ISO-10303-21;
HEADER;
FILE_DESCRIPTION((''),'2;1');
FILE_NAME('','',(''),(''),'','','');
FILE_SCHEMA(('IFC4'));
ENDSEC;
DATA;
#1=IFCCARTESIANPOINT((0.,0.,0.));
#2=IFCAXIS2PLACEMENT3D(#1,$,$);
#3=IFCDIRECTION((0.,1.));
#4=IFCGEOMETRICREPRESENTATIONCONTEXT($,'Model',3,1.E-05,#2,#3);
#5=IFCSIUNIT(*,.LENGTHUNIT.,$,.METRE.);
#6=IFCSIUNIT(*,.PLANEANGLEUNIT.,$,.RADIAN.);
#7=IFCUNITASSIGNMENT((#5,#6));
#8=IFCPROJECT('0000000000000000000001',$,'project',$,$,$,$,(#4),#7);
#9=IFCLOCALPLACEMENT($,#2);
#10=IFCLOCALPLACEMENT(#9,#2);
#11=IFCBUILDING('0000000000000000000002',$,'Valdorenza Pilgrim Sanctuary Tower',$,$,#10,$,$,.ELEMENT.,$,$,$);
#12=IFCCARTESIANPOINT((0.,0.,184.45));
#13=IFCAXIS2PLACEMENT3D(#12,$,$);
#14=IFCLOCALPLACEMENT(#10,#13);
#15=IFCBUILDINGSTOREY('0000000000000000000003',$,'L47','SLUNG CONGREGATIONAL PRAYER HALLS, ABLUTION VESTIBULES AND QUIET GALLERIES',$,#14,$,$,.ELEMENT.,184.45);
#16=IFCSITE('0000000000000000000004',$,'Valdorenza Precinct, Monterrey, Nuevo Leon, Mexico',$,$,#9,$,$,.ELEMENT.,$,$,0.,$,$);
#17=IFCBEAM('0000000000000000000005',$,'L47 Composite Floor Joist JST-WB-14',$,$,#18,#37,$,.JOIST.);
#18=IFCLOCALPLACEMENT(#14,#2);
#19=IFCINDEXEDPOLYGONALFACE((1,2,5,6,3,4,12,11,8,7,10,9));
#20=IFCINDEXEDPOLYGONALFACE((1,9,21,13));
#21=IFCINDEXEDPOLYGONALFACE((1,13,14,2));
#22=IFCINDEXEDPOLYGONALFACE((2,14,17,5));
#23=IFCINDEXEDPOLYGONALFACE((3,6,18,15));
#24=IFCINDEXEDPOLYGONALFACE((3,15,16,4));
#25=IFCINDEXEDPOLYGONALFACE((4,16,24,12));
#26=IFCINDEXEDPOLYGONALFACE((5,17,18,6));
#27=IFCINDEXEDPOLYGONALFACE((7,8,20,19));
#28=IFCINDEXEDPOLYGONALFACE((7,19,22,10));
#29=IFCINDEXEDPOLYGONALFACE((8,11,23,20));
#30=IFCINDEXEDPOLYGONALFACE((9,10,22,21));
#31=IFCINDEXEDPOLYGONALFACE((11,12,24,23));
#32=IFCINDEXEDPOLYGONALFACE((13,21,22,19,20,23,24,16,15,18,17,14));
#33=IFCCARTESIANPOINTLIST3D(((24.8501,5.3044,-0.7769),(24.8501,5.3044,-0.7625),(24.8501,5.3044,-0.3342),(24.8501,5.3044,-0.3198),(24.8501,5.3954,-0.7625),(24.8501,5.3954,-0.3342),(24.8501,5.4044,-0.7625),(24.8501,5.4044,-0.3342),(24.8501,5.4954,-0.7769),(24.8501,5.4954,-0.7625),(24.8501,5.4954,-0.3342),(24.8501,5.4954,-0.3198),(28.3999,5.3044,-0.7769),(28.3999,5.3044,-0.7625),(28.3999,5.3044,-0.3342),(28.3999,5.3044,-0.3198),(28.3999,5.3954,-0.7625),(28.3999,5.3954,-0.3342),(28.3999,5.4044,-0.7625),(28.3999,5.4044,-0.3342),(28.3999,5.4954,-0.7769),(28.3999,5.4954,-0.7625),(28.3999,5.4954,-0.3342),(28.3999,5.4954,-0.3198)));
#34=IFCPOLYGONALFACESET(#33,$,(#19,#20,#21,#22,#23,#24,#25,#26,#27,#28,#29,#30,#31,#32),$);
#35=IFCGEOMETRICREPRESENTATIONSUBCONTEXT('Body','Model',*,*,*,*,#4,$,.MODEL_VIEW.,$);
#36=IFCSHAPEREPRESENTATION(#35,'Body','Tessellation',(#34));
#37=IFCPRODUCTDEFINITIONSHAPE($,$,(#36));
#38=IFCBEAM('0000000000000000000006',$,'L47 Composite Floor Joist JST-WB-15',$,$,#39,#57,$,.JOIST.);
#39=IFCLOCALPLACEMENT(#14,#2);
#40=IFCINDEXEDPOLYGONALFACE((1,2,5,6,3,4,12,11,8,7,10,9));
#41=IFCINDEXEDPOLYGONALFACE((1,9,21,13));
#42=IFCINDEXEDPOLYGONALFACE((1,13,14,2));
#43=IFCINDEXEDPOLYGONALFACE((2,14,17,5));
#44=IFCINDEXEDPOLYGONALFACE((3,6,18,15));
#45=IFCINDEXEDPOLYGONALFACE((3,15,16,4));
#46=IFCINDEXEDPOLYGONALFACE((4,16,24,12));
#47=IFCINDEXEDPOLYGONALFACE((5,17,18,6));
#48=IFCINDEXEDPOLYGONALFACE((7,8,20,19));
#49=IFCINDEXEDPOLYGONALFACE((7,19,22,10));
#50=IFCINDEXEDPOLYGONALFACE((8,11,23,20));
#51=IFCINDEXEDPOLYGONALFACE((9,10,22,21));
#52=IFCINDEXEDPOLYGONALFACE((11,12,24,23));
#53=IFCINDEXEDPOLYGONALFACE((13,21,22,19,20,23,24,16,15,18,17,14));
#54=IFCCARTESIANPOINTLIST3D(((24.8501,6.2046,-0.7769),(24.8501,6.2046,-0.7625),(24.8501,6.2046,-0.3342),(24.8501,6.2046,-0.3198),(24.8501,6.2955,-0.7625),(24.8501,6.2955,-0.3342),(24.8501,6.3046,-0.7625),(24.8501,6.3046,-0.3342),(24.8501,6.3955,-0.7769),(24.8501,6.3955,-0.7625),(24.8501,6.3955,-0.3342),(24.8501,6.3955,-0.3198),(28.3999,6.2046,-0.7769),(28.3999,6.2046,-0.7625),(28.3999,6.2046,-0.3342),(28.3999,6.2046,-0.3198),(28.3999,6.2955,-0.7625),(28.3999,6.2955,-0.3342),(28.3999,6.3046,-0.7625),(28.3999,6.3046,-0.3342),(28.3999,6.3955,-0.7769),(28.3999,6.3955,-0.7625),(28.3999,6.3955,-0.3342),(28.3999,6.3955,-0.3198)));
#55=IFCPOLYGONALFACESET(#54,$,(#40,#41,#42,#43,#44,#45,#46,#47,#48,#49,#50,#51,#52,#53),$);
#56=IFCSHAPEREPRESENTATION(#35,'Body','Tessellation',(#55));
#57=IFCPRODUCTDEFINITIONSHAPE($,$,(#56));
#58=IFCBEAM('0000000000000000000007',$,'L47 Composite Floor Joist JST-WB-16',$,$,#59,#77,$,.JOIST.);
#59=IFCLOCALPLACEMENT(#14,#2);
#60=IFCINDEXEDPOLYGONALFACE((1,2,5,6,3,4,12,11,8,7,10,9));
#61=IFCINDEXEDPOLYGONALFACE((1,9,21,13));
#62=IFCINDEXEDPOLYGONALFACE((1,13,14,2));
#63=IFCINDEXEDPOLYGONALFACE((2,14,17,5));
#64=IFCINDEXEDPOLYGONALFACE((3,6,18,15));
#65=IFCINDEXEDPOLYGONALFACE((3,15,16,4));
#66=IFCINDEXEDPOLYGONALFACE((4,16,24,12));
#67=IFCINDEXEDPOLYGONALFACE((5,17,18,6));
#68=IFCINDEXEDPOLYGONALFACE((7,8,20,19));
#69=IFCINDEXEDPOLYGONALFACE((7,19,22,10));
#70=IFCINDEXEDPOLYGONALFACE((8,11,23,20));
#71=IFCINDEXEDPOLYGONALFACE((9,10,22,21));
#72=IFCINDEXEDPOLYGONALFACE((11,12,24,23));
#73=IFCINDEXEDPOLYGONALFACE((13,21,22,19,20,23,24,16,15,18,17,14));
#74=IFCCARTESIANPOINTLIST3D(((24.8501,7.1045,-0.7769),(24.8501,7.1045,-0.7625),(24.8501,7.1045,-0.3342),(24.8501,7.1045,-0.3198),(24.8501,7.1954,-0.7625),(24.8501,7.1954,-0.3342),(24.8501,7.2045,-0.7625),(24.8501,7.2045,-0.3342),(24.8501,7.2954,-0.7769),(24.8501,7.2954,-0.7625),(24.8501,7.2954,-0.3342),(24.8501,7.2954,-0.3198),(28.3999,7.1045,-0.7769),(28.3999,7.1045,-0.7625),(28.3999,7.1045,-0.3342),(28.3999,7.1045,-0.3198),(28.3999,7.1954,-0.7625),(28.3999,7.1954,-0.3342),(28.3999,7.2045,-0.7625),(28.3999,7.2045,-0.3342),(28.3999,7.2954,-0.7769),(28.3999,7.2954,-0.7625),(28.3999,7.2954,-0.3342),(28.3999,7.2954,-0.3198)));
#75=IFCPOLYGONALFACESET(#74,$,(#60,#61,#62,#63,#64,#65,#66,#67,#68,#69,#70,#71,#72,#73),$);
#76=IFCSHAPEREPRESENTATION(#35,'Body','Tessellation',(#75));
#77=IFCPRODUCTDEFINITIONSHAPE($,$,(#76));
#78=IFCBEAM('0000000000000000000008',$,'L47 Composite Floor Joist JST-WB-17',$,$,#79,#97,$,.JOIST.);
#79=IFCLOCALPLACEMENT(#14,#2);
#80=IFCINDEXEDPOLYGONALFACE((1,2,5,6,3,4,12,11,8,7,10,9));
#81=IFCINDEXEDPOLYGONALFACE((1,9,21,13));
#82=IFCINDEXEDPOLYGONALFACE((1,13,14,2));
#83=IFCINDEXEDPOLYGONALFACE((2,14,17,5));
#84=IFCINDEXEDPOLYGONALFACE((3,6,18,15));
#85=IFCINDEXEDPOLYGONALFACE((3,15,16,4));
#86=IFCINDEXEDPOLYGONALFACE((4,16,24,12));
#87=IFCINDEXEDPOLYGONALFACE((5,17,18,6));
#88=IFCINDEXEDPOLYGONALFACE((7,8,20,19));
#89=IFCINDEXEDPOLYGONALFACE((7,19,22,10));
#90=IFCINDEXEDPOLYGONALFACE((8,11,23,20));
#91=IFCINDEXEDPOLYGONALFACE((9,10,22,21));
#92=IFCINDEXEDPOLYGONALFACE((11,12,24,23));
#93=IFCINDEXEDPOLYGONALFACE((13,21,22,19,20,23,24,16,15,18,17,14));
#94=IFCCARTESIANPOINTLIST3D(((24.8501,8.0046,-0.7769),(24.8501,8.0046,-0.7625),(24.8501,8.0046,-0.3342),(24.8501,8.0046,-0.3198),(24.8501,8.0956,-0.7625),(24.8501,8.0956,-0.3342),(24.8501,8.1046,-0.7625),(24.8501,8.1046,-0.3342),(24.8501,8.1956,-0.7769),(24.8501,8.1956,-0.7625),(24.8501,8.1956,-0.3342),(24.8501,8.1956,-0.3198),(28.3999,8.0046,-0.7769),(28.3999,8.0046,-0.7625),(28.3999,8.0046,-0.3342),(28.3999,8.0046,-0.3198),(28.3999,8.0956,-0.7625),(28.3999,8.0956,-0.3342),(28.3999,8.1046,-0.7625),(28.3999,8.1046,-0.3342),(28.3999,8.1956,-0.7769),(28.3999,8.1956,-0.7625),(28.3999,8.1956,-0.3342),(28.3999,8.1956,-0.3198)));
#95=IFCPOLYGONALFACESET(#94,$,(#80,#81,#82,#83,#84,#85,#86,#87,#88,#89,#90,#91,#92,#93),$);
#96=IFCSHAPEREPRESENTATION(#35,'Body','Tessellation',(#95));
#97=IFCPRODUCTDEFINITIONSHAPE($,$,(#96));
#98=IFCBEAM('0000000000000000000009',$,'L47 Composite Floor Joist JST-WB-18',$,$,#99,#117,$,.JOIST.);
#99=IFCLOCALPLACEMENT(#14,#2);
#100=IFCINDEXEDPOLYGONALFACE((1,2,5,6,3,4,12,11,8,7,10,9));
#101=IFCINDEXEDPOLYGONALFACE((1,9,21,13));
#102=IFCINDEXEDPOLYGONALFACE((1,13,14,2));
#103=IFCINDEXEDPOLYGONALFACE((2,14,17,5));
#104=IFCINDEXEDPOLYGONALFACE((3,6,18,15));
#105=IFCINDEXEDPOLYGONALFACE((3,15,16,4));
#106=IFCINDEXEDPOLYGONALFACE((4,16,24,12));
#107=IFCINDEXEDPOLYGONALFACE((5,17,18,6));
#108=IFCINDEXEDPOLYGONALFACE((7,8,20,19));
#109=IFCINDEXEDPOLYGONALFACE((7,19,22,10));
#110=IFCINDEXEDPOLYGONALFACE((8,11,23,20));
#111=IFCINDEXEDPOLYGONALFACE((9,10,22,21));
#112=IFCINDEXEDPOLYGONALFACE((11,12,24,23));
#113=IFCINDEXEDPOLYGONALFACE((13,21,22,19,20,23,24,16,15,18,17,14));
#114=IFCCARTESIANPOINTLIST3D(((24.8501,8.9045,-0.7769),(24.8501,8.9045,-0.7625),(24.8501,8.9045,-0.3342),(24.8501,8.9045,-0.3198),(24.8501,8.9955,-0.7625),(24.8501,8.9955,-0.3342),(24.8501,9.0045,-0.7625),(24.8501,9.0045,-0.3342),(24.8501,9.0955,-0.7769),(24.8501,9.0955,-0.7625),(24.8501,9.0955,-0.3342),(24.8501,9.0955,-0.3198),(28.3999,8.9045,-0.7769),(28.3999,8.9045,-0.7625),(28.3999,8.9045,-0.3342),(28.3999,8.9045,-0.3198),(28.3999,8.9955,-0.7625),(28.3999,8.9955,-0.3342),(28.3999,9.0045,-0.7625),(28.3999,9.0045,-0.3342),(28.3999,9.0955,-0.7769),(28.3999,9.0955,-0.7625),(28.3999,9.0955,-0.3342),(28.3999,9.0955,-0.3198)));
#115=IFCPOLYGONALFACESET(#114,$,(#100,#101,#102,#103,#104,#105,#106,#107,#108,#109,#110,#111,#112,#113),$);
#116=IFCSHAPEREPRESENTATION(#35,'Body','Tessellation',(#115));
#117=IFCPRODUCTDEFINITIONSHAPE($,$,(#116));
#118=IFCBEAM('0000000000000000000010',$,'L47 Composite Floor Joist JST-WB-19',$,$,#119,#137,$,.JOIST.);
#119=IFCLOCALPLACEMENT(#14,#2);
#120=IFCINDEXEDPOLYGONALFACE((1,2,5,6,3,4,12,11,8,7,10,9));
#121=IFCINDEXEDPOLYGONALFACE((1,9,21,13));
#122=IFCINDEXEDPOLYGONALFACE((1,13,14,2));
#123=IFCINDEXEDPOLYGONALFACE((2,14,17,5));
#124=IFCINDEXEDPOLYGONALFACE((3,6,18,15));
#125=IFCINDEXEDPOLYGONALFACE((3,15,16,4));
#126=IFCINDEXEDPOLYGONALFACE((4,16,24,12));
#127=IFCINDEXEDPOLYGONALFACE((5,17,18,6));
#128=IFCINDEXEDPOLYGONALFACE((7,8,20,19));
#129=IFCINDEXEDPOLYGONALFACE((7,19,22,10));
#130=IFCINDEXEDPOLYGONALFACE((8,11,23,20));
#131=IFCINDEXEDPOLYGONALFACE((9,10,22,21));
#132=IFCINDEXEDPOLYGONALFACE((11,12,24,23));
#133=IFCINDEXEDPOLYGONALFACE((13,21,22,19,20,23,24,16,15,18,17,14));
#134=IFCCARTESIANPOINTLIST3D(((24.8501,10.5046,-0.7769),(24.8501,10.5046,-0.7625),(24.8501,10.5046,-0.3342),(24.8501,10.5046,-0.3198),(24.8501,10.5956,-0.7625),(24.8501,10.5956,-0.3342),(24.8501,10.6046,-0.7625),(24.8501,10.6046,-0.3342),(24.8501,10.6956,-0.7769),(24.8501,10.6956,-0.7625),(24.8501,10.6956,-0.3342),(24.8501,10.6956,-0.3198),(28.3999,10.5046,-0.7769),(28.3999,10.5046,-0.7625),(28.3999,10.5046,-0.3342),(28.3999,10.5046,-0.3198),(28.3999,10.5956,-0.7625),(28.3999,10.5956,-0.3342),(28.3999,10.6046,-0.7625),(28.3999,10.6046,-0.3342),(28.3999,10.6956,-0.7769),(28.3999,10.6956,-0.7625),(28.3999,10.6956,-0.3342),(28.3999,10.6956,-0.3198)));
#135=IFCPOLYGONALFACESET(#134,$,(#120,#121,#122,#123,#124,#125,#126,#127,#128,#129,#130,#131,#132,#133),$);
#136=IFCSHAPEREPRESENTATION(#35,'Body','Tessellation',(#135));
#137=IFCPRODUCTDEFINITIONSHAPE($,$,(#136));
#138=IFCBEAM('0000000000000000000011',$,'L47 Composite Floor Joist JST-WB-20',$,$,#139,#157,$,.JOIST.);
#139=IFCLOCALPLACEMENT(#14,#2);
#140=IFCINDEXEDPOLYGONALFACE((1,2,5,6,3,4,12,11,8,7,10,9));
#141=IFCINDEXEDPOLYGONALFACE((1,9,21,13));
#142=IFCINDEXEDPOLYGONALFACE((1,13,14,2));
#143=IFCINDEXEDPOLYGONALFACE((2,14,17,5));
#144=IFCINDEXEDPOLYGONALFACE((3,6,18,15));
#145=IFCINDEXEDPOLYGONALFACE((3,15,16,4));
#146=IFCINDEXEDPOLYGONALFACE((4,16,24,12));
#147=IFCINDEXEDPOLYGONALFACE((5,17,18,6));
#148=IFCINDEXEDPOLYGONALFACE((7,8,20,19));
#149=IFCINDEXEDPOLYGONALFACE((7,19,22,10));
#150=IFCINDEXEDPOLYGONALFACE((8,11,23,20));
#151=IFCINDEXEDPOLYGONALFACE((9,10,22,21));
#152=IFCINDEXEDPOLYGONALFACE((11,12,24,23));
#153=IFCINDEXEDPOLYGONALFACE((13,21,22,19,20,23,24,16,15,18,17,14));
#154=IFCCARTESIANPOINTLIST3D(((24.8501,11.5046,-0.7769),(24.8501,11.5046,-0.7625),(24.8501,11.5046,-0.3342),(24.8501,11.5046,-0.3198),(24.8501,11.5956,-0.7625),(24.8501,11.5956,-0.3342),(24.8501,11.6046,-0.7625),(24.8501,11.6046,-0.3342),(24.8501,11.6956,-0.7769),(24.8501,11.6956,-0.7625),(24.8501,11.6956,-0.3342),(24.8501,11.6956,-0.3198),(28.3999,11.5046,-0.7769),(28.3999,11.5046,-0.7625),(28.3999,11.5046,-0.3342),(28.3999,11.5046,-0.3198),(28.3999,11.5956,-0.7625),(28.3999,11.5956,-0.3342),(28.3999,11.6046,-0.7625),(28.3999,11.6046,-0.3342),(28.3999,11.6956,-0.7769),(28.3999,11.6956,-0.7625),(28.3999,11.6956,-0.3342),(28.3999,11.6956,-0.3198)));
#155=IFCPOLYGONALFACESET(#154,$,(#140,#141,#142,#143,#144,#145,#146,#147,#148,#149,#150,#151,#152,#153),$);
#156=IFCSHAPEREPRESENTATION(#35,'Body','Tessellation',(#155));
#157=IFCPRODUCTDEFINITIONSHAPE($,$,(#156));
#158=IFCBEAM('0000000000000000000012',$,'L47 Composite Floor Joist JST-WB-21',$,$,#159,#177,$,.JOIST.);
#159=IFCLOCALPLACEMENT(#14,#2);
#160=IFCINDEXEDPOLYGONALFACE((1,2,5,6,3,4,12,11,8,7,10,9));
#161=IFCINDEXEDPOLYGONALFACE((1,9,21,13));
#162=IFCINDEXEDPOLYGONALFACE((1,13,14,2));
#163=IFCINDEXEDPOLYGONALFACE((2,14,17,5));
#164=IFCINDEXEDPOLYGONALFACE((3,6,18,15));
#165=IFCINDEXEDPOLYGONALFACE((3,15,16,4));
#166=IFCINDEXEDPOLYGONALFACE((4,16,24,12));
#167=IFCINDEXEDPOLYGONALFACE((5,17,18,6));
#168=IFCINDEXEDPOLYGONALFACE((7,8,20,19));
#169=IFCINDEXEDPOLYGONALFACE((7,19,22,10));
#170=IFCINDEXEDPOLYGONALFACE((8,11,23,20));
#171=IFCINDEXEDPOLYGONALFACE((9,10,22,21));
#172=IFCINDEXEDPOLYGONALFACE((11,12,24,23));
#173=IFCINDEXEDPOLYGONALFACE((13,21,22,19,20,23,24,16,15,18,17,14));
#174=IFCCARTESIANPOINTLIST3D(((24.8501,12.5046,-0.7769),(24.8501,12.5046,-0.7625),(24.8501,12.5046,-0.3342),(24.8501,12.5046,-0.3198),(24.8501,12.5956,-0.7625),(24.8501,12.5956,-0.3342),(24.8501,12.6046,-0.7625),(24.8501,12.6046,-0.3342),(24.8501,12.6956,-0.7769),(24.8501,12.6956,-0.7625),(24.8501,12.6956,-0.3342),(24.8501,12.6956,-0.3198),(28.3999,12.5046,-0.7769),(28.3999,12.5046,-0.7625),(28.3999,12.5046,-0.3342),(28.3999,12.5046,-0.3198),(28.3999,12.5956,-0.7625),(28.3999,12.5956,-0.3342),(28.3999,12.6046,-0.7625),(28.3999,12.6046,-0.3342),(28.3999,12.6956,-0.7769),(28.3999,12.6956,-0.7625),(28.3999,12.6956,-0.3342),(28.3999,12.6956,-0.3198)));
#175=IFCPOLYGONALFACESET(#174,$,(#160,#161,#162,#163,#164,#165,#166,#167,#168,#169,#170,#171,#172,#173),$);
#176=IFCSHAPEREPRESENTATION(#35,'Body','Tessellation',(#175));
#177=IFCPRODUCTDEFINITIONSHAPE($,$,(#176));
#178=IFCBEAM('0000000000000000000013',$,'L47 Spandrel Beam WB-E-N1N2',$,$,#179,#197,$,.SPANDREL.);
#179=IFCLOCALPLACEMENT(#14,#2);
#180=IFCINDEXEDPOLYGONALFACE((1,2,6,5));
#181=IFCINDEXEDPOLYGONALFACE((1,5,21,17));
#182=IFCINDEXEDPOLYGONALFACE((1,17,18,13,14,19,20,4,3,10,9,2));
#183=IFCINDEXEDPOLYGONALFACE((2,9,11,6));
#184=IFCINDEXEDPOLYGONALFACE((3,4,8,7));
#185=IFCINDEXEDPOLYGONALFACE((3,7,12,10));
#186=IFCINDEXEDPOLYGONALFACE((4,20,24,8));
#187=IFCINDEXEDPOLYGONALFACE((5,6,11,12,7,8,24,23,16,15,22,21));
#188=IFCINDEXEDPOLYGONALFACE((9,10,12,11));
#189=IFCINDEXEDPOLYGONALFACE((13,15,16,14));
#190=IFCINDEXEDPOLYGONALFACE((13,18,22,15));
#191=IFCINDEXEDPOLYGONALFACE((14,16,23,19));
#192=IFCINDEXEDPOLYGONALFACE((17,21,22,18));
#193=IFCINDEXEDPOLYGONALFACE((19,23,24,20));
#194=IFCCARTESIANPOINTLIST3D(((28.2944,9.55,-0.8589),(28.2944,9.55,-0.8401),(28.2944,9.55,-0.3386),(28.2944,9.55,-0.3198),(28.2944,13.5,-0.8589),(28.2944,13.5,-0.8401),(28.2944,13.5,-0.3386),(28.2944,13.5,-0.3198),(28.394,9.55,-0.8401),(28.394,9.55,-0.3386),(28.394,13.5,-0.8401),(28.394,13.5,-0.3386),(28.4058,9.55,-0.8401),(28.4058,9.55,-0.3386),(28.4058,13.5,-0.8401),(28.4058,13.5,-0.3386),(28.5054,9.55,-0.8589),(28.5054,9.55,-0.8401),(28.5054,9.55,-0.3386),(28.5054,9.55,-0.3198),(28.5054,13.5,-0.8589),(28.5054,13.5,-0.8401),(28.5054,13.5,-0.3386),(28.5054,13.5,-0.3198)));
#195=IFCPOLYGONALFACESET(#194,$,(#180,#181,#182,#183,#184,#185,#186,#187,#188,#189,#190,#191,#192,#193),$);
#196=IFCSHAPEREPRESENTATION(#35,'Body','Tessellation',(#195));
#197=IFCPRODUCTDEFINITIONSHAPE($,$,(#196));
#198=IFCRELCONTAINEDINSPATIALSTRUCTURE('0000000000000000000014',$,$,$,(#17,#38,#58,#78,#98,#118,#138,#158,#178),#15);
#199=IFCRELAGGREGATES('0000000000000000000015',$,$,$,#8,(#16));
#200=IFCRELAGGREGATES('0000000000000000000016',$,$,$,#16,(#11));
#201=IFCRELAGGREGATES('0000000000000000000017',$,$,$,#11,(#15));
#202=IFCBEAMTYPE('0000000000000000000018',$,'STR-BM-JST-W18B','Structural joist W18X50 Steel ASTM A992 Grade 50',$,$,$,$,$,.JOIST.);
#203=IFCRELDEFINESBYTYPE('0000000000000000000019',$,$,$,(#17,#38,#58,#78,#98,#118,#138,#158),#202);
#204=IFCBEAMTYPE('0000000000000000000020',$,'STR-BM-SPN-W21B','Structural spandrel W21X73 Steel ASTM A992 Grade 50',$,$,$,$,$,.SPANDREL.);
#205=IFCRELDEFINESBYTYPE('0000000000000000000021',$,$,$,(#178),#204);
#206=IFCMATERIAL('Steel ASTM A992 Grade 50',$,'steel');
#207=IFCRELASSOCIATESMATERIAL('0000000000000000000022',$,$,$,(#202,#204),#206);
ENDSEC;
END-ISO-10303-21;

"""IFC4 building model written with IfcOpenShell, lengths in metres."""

from ifc_helpers import new_model, si_unit, direction, frame, origin, origin_2d, place, context, subcontext, project, spatial, i_section, extrude, source, transform, mapped, material, material_profile, profile_set, type_object, element, save


model = new_model("IFC4")

# Units and contexts
model_context = context("Model", 3, precision=1e-05, world=origin(), true_north=direction((0.0, 1.0)))
body_context = subcontext(model_context, "Body", "Model", "MODEL_VIEW")
ifc_project = project(units=[si_unit("LENGTHUNIT", "METRE"), si_unit("PLANEANGLEUNIT", "RADIAN")], contexts=[model_context])

# Site, building, storey
site_placement = place(None, origin())
site = spatial("IfcSite", under=ifc_project, at=site_placement, Name="Valdorenza Precinct, Monterrey, Nuevo Leon, Mexico", CompositionType="ELEMENT", RefElevation=0.0)
building_placement = place(site_placement, origin())
building = spatial("IfcBuilding", under=site, at=building_placement, Name="Valdorenza Pilgrim Sanctuary Tower", CompositionType="ELEMENT")
storey_placement = place(building_placement, frame((0.0, 0.0, 184.45)))
storey = spatial("IfcBuildingStorey", under=building, at=storey_placement, Name="L47", Description="SLUNG CONGREGATIONAL PRAYER HALLS, ABLUTION VESTIBULES AND QUIET GALLERIES", CompositionType="ELEMENT", Elevation=184.45)

# Shared definitions
ifc_material_1 = material(Name="Steel ASTM A992 Grade 50", Category="steel")

# Beams
ifc_material_profile_1 = material_profile(ifc_material_1, i_section(OverallWidth=0.1909, OverallDepth=0.457, WebThickness=0.009, FlangeThickness=0.0144, at=origin_2d()), Name="W18X50")
ifc_profile_set_1 = profile_set([ifc_material_profile_1], Name="Steel ASTM A992 Grade 50")
beam_type_1 = type_object("IfcBeamType", Name="STR-BM-JST-W18B", Description="Structural joist W18X50 Steel ASTM A992 Grade 50", PredefinedType="JOIST", material=ifc_profile_set_1)
shared_shape_1 = source(origin(), body_context, "Body", "SweptSolid", [
    extrude(i_section(OverallWidth=0.1909, OverallDepth=0.457, WebThickness=0.009, FlangeThickness=0.0144, at=origin_2d()), origin(), (0.0, 0.0, 1.0), 3.5498),
])
for number, where, z_axis, x_axis, name in (
    (1, (24.8501, 5.3999, -0.5483), (1.0, 0.0, 0.0), (0.0, 1.0, 0.0), "L47 Composite Floor Joist JST-WB-14"),
    (2, (24.8501, 6.3, -0.5483), (1.0, 0.0, 0.0), (0.0, 1.0, 0.0), "L47 Composite Floor Joist JST-WB-15"),
    (3, (24.8501, 7.2, -0.5483), (1.0, 0.0, 0.0), (0.0, 1.0, 0.0), "L47 Composite Floor Joist JST-WB-16"),
    (4, (24.8501, 8.1001, -0.5483), (1.0, 0.0, 0.0), (0.0, 1.0, 0.0), "L47 Composite Floor Joist JST-WB-17"),
    (5, (24.8501, 9.0, -0.5483), (1.0, 0.0, 0.0), (0.0, 1.0, 0.0), "L47 Composite Floor Joist JST-WB-18"),
    (6, (24.8501, 10.6001, -0.5483), (1.0, 0.0, 0.0), (0.0, 1.0, 0.0), "L47 Composite Floor Joist JST-WB-19"),
    (7, (24.8501, 11.6001, -0.5483), (1.0, 0.0, 0.0), (0.0, 1.0, 0.0), "L47 Composite Floor Joist JST-WB-20"),
    (8, (24.8501, 12.6001, -0.5483), (1.0, 0.0, 0.0), (0.0, 1.0, 0.0), "L47 Composite Floor Joist JST-WB-21"),
):
    element("IfcBeam", number, at=place(storey_placement, frame(where, z_axis=z_axis, x_axis=x_axis)), inside=storey, type_object=beam_type_1, Name=name, PredefinedType="JOIST", context=body_context, shape_type="MappedRepresentation", body=[
        mapped(shared_shape_1, transform((0.0, 0.0, 0.0), x_axis=(1.0, 0.0, 0.0), y_axis=(0.0, 1.0, 0.0), z_axis=(0.0, 0.0, 1.0), scale=1.0)),
    ])
ifc_material_profile_2 = material_profile(ifc_material_1, i_section(OverallWidth=0.2109, OverallDepth=0.5391, WebThickness=0.0117, FlangeThickness=0.0188, at=origin_2d()), Name="W21X73")
ifc_profile_set_2 = profile_set([ifc_material_profile_2], Name="Steel ASTM A992 Grade 50")
beam_type_2 = type_object("IfcBeamType", Name="STR-BM-SPN-W21B", Description="Structural spandrel W21X73 Steel ASTM A992 Grade 50", PredefinedType="SPANDREL", material=ifc_profile_set_2)
shared_shape_2 = source(origin(), body_context, "Body", "SweptSolid", [
    extrude(i_section(OverallWidth=0.2109, OverallDepth=0.5391, WebThickness=0.0117, FlangeThickness=0.0188, at=origin_2d()), origin(), (0.0, 0.0, 1.0), 3.95),
])
beam_1_placement = place(storey_placement, frame((28.3999, 9.55, -0.5894), z_axis=(0.0, 1.0, 0.0), x_axis=(-1.0, 0.0, 0.0)))
element("IfcBeam", 9, at=beam_1_placement, inside=storey, type_object=beam_type_2, Name="L47 Spandrel Beam WB-E-N1N2", PredefinedType="SPANDREL", context=body_context, shape_type="MappedRepresentation", body=[
    mapped(shared_shape_2, transform((0.0, 0.0, 0.0), x_axis=(1.0, 0.0, 0.0), y_axis=(0.0, 1.0, 0.0), z_axis=(0.0, 0.0, 1.0), scale=1.0)),
])

save(model, "model.ifc")
